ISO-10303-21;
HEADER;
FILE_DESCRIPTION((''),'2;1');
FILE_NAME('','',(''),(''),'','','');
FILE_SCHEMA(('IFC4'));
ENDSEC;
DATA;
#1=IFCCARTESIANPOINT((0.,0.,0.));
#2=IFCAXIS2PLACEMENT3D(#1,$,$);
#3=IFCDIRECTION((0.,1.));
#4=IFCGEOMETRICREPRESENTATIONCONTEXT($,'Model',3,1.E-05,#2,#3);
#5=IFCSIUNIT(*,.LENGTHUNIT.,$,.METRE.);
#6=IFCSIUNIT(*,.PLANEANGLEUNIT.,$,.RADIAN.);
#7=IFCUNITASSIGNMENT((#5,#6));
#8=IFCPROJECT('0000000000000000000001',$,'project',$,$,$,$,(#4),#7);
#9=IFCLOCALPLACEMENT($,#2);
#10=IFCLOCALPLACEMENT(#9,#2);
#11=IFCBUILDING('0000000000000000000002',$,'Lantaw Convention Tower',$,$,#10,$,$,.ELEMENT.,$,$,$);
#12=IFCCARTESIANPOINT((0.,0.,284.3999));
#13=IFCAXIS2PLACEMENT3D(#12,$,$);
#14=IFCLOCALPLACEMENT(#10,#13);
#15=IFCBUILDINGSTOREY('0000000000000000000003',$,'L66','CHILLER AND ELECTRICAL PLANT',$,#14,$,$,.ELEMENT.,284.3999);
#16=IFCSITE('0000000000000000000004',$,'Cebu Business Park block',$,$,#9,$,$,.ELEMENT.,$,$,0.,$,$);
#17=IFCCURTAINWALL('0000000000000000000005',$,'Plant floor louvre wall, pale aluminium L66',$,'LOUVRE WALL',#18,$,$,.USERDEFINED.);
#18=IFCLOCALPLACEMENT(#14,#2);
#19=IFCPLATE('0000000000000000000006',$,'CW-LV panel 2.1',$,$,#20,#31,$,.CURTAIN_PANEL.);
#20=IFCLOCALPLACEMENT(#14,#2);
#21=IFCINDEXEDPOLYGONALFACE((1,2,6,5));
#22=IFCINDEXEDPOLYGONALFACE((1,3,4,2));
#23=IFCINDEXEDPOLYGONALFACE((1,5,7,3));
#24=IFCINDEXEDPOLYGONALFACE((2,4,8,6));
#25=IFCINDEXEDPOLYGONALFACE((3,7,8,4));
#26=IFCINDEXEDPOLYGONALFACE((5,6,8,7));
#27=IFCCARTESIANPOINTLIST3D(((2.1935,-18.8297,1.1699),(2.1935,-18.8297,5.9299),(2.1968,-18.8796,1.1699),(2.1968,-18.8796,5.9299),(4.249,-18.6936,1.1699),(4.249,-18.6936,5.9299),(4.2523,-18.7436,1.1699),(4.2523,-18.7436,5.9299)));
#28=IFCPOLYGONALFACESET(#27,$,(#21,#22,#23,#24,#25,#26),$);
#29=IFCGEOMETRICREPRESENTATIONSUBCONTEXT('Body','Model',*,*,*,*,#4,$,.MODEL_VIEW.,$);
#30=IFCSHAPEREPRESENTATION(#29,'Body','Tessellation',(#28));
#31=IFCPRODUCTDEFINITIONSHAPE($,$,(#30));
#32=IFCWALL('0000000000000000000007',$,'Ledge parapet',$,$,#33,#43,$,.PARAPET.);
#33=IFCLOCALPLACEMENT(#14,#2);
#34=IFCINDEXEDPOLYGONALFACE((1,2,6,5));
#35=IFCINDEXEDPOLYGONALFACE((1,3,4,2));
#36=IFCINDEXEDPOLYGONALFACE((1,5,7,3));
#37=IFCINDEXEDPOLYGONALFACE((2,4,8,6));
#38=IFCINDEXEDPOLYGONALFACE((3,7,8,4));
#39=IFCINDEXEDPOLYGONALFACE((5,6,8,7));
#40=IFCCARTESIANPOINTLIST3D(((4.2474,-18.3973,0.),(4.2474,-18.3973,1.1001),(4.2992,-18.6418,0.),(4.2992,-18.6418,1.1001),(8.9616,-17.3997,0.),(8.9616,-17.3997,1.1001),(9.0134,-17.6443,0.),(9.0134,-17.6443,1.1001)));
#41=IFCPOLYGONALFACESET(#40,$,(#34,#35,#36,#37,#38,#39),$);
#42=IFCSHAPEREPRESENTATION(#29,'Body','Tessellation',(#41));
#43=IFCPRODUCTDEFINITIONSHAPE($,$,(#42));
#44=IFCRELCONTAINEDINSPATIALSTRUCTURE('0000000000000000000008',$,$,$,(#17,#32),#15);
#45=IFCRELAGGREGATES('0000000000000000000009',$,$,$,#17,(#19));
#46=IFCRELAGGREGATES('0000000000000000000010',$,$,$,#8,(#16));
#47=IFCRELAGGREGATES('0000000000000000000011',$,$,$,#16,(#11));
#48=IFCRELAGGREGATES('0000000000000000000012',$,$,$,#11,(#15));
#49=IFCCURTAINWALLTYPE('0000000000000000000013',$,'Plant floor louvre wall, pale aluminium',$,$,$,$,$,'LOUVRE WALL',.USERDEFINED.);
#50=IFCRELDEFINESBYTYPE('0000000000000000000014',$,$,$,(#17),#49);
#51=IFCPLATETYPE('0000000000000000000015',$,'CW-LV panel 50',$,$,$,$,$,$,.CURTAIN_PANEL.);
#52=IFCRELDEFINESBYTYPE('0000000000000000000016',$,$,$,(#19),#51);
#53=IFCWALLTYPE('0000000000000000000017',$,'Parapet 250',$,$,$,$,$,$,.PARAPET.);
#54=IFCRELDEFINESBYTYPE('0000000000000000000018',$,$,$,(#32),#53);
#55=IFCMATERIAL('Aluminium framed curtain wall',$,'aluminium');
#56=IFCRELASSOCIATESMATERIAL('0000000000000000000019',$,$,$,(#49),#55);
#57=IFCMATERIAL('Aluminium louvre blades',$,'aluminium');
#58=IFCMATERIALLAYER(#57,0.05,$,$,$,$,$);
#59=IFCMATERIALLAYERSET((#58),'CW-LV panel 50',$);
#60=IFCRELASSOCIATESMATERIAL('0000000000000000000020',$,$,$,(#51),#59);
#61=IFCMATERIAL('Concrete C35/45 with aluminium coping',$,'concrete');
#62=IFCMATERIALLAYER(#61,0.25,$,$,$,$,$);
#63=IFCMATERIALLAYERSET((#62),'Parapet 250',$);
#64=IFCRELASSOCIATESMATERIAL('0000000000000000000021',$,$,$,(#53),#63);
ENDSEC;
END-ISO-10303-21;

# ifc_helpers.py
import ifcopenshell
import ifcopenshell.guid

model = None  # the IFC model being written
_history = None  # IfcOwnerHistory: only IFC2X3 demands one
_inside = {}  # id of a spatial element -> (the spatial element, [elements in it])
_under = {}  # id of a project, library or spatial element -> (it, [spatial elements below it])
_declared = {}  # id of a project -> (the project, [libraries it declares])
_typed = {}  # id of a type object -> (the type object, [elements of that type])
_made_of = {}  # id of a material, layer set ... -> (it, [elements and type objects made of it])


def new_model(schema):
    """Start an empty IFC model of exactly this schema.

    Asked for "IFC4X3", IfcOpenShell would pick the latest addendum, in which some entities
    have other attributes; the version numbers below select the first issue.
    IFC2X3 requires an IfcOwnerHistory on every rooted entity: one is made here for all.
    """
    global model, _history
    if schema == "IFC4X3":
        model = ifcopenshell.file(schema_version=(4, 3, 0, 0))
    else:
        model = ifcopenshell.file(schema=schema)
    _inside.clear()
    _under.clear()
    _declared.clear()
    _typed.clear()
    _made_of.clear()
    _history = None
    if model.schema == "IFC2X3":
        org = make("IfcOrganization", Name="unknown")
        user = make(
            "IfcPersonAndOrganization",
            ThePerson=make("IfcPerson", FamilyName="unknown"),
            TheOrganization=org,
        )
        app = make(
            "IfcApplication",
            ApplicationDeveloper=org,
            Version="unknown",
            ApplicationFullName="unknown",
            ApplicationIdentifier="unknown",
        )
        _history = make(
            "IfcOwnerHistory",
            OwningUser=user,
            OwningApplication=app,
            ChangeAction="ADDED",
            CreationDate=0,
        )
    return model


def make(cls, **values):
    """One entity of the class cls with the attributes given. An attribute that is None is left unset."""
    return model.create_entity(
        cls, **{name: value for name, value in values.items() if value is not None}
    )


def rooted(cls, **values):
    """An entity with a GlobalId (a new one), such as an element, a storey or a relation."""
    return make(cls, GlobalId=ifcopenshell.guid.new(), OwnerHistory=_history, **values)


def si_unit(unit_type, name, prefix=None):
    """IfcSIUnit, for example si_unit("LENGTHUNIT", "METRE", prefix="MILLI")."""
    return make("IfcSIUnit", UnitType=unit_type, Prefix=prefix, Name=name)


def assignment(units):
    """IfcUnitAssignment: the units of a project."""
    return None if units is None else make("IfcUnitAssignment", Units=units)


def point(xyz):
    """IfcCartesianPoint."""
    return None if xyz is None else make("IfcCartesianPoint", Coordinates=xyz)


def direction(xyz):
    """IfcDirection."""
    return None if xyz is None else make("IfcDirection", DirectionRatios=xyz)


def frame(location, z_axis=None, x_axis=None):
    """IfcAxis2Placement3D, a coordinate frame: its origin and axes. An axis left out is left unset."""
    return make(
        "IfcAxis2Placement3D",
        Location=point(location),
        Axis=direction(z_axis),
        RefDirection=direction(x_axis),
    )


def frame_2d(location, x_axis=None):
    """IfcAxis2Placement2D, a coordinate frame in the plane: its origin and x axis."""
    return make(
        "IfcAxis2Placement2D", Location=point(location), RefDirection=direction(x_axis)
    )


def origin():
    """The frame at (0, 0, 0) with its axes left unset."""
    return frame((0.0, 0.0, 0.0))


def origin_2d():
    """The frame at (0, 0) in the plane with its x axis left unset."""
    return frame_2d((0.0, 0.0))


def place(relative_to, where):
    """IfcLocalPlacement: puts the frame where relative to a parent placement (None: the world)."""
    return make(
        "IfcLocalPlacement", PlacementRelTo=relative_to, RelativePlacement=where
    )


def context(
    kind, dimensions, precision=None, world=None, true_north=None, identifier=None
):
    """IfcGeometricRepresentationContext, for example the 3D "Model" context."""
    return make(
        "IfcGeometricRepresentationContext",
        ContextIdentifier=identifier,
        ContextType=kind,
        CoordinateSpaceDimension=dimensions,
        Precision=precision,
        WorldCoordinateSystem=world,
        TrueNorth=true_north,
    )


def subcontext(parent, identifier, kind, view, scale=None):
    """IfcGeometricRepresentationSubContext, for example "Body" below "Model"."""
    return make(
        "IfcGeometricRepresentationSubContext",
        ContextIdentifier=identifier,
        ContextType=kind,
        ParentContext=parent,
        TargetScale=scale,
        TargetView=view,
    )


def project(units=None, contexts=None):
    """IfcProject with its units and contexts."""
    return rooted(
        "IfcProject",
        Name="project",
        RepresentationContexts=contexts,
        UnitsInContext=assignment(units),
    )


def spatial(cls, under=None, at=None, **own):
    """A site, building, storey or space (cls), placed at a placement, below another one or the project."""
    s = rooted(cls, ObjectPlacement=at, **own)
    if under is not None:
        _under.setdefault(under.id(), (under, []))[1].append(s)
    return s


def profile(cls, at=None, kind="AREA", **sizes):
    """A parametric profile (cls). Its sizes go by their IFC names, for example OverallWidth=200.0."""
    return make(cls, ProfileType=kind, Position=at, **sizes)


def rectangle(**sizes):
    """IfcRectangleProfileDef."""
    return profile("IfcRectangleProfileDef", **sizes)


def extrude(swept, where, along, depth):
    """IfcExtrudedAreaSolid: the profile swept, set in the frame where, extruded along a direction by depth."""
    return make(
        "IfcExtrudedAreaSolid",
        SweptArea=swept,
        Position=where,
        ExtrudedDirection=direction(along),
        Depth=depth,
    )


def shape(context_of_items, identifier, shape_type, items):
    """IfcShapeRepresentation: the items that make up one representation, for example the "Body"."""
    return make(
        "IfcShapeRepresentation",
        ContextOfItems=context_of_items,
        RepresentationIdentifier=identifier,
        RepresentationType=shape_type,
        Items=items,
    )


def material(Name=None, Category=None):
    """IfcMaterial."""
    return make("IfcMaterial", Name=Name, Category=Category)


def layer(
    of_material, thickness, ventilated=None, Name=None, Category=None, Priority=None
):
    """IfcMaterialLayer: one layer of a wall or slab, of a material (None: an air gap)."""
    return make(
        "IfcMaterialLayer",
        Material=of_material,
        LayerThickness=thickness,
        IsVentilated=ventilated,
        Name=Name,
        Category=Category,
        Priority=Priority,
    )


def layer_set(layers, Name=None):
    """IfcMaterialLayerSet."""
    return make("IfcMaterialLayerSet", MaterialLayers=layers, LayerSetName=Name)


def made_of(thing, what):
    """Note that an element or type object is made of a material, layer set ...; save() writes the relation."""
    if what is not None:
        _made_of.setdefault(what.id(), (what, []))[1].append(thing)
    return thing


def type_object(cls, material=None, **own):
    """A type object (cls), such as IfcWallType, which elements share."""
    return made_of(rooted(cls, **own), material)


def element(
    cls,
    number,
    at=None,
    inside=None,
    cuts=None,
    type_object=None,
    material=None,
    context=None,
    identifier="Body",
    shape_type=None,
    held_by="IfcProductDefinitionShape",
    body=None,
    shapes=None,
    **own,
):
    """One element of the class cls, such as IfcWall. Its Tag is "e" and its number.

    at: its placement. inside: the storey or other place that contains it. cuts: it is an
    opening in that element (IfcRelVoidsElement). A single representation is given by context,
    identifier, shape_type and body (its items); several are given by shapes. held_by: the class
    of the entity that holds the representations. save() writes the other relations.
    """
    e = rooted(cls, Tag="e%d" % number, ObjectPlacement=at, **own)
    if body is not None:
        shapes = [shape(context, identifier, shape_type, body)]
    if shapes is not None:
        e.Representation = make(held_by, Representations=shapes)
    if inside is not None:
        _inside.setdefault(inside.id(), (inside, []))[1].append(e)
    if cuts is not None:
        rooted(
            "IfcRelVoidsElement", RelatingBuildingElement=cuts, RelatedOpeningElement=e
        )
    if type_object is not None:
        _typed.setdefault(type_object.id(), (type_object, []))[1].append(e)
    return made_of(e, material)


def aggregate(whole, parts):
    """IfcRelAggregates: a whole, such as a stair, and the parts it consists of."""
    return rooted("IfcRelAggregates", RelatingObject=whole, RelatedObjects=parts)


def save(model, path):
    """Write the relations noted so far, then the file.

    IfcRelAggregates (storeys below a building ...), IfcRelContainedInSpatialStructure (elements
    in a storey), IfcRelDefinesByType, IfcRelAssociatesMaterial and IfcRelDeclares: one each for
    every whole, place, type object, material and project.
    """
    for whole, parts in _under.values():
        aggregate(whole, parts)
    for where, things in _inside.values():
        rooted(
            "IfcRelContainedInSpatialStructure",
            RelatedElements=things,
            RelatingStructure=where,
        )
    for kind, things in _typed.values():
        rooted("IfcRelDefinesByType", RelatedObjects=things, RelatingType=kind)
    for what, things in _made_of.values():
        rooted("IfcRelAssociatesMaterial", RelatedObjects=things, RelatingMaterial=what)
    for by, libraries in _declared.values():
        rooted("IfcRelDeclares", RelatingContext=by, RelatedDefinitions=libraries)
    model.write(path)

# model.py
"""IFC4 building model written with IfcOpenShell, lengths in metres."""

from ifc_helpers import new_model, si_unit, direction, frame, frame_2d, origin, origin_2d, place, context, subcontext, project, spatial, rectangle, extrude, material, layer, layer_set, type_object, element, aggregate, save


model = new_model("IFC4")

# Units and contexts
model_context = context("Model", 3, precision=1e-05, world=origin(), true_north=direction((0.0, 1.0)))
body_context = subcontext(model_context, "Body", "Model", "MODEL_VIEW")
ifc_project = project(units=[si_unit("LENGTHUNIT", "METRE"), si_unit("PLANEANGLEUNIT", "RADIAN")], contexts=[model_context])

# Site, building, storey
site_placement = place(None, origin())
site = spatial("IfcSite", under=ifc_project, at=site_placement, Name="Cebu Business Park block", CompositionType="ELEMENT", RefElevation=0.0)
building_placement = place(site_placement, origin())
building = spatial("IfcBuilding", under=site, at=building_placement, Name="Lantaw Convention Tower", CompositionType="ELEMENT")
storey_placement = place(building_placement, frame((0.0, 0.0, 284.3999)))
storey = spatial("IfcBuildingStorey", under=building, at=storey_placement, Name="L66", Description="CHILLER AND ELECTRICAL PLANT", CompositionType="ELEMENT", Elevation=284.3999)

# Curtain wall
ifc_material_1 = material(Name="Aluminium framed curtain wall", Category="aluminium")
curtain_wall_type_1 = type_object("IfcCurtainWallType", Name="Plant floor louvre wall, pale aluminium", ElementType="LOUVRE WALL", PredefinedType="USERDEFINED", material=ifc_material_1)
curtain_wall_1_placement = place(storey_placement, origin())
curtain_wall_1 = element("IfcCurtainWall", 1, at=curtain_wall_1_placement, inside=storey, type_object=curtain_wall_type_1, Name="Plant floor louvre wall, pale aluminium L66", ObjectType="LOUVRE WALL", PredefinedType="USERDEFINED")

# Plate
ifc_material_2 = material(Name="Aluminium louvre blades", Category="aluminium")
ifc_layer_1 = layer(ifc_material_2, 0.05)
ifc_layer_set_1 = layer_set([ifc_layer_1], Name="CW-LV panel 50")
plate_type_1 = type_object("IfcPlateType", Name="CW-LV panel 50", PredefinedType="CURTAIN_PANEL", material=ifc_layer_set_1)
plate_1_placement = place(storey_placement, frame((3.2229, -18.7866, 1.1699), z_axis=(0.0, 0.0, 1.0), x_axis=(0.997818, 0.066025, 0.0)))
plate_1 = element("IfcPlate", 2, at=plate_1_placement, type_object=plate_type_1, Name="CW-LV panel 2.1", PredefinedType="CURTAIN_PANEL", context=body_context, shape_type="SweptSolid", body=[
    extrude(rectangle(XDim=2.0601, YDim=0.05, at=origin_2d()), origin(), (0.0, 0.0, 1.0), 4.76),
])
aggregate(curtain_wall_1, [plate_1])

# Wall
ifc_material_3 = material(Name="Concrete C35/45 with aluminium coping", Category="concrete")
ifc_layer_2 = layer(ifc_material_3, 0.25)
ifc_layer_set_2 = layer_set([ifc_layer_2], Name="Parapet 250")
wall_type = type_object("IfcWallType", Name="Parapet 250", PredefinedType="PARAPET", material=ifc_layer_set_2)
wall_placement = place(storey_placement, frame((4.2734, -18.5195, 0.0), z_axis=(0.0, 0.0, 1.0), x_axis=(0.978335, 0.207027, 0.0)))
element("IfcWall", 3, at=wall_placement, inside=storey, type_object=wall_type, Name="Ledge parapet", PredefinedType="PARAPET", context=body_context, shape_type="SweptSolid", body=[
    extrude(rectangle(XDim=4.8186, YDim=0.25, at=frame_2d((2.4092, 0.0))), origin(), (0.0, 0.0, 1.0), 1.1001),
])

save(model, "model.ifc")
